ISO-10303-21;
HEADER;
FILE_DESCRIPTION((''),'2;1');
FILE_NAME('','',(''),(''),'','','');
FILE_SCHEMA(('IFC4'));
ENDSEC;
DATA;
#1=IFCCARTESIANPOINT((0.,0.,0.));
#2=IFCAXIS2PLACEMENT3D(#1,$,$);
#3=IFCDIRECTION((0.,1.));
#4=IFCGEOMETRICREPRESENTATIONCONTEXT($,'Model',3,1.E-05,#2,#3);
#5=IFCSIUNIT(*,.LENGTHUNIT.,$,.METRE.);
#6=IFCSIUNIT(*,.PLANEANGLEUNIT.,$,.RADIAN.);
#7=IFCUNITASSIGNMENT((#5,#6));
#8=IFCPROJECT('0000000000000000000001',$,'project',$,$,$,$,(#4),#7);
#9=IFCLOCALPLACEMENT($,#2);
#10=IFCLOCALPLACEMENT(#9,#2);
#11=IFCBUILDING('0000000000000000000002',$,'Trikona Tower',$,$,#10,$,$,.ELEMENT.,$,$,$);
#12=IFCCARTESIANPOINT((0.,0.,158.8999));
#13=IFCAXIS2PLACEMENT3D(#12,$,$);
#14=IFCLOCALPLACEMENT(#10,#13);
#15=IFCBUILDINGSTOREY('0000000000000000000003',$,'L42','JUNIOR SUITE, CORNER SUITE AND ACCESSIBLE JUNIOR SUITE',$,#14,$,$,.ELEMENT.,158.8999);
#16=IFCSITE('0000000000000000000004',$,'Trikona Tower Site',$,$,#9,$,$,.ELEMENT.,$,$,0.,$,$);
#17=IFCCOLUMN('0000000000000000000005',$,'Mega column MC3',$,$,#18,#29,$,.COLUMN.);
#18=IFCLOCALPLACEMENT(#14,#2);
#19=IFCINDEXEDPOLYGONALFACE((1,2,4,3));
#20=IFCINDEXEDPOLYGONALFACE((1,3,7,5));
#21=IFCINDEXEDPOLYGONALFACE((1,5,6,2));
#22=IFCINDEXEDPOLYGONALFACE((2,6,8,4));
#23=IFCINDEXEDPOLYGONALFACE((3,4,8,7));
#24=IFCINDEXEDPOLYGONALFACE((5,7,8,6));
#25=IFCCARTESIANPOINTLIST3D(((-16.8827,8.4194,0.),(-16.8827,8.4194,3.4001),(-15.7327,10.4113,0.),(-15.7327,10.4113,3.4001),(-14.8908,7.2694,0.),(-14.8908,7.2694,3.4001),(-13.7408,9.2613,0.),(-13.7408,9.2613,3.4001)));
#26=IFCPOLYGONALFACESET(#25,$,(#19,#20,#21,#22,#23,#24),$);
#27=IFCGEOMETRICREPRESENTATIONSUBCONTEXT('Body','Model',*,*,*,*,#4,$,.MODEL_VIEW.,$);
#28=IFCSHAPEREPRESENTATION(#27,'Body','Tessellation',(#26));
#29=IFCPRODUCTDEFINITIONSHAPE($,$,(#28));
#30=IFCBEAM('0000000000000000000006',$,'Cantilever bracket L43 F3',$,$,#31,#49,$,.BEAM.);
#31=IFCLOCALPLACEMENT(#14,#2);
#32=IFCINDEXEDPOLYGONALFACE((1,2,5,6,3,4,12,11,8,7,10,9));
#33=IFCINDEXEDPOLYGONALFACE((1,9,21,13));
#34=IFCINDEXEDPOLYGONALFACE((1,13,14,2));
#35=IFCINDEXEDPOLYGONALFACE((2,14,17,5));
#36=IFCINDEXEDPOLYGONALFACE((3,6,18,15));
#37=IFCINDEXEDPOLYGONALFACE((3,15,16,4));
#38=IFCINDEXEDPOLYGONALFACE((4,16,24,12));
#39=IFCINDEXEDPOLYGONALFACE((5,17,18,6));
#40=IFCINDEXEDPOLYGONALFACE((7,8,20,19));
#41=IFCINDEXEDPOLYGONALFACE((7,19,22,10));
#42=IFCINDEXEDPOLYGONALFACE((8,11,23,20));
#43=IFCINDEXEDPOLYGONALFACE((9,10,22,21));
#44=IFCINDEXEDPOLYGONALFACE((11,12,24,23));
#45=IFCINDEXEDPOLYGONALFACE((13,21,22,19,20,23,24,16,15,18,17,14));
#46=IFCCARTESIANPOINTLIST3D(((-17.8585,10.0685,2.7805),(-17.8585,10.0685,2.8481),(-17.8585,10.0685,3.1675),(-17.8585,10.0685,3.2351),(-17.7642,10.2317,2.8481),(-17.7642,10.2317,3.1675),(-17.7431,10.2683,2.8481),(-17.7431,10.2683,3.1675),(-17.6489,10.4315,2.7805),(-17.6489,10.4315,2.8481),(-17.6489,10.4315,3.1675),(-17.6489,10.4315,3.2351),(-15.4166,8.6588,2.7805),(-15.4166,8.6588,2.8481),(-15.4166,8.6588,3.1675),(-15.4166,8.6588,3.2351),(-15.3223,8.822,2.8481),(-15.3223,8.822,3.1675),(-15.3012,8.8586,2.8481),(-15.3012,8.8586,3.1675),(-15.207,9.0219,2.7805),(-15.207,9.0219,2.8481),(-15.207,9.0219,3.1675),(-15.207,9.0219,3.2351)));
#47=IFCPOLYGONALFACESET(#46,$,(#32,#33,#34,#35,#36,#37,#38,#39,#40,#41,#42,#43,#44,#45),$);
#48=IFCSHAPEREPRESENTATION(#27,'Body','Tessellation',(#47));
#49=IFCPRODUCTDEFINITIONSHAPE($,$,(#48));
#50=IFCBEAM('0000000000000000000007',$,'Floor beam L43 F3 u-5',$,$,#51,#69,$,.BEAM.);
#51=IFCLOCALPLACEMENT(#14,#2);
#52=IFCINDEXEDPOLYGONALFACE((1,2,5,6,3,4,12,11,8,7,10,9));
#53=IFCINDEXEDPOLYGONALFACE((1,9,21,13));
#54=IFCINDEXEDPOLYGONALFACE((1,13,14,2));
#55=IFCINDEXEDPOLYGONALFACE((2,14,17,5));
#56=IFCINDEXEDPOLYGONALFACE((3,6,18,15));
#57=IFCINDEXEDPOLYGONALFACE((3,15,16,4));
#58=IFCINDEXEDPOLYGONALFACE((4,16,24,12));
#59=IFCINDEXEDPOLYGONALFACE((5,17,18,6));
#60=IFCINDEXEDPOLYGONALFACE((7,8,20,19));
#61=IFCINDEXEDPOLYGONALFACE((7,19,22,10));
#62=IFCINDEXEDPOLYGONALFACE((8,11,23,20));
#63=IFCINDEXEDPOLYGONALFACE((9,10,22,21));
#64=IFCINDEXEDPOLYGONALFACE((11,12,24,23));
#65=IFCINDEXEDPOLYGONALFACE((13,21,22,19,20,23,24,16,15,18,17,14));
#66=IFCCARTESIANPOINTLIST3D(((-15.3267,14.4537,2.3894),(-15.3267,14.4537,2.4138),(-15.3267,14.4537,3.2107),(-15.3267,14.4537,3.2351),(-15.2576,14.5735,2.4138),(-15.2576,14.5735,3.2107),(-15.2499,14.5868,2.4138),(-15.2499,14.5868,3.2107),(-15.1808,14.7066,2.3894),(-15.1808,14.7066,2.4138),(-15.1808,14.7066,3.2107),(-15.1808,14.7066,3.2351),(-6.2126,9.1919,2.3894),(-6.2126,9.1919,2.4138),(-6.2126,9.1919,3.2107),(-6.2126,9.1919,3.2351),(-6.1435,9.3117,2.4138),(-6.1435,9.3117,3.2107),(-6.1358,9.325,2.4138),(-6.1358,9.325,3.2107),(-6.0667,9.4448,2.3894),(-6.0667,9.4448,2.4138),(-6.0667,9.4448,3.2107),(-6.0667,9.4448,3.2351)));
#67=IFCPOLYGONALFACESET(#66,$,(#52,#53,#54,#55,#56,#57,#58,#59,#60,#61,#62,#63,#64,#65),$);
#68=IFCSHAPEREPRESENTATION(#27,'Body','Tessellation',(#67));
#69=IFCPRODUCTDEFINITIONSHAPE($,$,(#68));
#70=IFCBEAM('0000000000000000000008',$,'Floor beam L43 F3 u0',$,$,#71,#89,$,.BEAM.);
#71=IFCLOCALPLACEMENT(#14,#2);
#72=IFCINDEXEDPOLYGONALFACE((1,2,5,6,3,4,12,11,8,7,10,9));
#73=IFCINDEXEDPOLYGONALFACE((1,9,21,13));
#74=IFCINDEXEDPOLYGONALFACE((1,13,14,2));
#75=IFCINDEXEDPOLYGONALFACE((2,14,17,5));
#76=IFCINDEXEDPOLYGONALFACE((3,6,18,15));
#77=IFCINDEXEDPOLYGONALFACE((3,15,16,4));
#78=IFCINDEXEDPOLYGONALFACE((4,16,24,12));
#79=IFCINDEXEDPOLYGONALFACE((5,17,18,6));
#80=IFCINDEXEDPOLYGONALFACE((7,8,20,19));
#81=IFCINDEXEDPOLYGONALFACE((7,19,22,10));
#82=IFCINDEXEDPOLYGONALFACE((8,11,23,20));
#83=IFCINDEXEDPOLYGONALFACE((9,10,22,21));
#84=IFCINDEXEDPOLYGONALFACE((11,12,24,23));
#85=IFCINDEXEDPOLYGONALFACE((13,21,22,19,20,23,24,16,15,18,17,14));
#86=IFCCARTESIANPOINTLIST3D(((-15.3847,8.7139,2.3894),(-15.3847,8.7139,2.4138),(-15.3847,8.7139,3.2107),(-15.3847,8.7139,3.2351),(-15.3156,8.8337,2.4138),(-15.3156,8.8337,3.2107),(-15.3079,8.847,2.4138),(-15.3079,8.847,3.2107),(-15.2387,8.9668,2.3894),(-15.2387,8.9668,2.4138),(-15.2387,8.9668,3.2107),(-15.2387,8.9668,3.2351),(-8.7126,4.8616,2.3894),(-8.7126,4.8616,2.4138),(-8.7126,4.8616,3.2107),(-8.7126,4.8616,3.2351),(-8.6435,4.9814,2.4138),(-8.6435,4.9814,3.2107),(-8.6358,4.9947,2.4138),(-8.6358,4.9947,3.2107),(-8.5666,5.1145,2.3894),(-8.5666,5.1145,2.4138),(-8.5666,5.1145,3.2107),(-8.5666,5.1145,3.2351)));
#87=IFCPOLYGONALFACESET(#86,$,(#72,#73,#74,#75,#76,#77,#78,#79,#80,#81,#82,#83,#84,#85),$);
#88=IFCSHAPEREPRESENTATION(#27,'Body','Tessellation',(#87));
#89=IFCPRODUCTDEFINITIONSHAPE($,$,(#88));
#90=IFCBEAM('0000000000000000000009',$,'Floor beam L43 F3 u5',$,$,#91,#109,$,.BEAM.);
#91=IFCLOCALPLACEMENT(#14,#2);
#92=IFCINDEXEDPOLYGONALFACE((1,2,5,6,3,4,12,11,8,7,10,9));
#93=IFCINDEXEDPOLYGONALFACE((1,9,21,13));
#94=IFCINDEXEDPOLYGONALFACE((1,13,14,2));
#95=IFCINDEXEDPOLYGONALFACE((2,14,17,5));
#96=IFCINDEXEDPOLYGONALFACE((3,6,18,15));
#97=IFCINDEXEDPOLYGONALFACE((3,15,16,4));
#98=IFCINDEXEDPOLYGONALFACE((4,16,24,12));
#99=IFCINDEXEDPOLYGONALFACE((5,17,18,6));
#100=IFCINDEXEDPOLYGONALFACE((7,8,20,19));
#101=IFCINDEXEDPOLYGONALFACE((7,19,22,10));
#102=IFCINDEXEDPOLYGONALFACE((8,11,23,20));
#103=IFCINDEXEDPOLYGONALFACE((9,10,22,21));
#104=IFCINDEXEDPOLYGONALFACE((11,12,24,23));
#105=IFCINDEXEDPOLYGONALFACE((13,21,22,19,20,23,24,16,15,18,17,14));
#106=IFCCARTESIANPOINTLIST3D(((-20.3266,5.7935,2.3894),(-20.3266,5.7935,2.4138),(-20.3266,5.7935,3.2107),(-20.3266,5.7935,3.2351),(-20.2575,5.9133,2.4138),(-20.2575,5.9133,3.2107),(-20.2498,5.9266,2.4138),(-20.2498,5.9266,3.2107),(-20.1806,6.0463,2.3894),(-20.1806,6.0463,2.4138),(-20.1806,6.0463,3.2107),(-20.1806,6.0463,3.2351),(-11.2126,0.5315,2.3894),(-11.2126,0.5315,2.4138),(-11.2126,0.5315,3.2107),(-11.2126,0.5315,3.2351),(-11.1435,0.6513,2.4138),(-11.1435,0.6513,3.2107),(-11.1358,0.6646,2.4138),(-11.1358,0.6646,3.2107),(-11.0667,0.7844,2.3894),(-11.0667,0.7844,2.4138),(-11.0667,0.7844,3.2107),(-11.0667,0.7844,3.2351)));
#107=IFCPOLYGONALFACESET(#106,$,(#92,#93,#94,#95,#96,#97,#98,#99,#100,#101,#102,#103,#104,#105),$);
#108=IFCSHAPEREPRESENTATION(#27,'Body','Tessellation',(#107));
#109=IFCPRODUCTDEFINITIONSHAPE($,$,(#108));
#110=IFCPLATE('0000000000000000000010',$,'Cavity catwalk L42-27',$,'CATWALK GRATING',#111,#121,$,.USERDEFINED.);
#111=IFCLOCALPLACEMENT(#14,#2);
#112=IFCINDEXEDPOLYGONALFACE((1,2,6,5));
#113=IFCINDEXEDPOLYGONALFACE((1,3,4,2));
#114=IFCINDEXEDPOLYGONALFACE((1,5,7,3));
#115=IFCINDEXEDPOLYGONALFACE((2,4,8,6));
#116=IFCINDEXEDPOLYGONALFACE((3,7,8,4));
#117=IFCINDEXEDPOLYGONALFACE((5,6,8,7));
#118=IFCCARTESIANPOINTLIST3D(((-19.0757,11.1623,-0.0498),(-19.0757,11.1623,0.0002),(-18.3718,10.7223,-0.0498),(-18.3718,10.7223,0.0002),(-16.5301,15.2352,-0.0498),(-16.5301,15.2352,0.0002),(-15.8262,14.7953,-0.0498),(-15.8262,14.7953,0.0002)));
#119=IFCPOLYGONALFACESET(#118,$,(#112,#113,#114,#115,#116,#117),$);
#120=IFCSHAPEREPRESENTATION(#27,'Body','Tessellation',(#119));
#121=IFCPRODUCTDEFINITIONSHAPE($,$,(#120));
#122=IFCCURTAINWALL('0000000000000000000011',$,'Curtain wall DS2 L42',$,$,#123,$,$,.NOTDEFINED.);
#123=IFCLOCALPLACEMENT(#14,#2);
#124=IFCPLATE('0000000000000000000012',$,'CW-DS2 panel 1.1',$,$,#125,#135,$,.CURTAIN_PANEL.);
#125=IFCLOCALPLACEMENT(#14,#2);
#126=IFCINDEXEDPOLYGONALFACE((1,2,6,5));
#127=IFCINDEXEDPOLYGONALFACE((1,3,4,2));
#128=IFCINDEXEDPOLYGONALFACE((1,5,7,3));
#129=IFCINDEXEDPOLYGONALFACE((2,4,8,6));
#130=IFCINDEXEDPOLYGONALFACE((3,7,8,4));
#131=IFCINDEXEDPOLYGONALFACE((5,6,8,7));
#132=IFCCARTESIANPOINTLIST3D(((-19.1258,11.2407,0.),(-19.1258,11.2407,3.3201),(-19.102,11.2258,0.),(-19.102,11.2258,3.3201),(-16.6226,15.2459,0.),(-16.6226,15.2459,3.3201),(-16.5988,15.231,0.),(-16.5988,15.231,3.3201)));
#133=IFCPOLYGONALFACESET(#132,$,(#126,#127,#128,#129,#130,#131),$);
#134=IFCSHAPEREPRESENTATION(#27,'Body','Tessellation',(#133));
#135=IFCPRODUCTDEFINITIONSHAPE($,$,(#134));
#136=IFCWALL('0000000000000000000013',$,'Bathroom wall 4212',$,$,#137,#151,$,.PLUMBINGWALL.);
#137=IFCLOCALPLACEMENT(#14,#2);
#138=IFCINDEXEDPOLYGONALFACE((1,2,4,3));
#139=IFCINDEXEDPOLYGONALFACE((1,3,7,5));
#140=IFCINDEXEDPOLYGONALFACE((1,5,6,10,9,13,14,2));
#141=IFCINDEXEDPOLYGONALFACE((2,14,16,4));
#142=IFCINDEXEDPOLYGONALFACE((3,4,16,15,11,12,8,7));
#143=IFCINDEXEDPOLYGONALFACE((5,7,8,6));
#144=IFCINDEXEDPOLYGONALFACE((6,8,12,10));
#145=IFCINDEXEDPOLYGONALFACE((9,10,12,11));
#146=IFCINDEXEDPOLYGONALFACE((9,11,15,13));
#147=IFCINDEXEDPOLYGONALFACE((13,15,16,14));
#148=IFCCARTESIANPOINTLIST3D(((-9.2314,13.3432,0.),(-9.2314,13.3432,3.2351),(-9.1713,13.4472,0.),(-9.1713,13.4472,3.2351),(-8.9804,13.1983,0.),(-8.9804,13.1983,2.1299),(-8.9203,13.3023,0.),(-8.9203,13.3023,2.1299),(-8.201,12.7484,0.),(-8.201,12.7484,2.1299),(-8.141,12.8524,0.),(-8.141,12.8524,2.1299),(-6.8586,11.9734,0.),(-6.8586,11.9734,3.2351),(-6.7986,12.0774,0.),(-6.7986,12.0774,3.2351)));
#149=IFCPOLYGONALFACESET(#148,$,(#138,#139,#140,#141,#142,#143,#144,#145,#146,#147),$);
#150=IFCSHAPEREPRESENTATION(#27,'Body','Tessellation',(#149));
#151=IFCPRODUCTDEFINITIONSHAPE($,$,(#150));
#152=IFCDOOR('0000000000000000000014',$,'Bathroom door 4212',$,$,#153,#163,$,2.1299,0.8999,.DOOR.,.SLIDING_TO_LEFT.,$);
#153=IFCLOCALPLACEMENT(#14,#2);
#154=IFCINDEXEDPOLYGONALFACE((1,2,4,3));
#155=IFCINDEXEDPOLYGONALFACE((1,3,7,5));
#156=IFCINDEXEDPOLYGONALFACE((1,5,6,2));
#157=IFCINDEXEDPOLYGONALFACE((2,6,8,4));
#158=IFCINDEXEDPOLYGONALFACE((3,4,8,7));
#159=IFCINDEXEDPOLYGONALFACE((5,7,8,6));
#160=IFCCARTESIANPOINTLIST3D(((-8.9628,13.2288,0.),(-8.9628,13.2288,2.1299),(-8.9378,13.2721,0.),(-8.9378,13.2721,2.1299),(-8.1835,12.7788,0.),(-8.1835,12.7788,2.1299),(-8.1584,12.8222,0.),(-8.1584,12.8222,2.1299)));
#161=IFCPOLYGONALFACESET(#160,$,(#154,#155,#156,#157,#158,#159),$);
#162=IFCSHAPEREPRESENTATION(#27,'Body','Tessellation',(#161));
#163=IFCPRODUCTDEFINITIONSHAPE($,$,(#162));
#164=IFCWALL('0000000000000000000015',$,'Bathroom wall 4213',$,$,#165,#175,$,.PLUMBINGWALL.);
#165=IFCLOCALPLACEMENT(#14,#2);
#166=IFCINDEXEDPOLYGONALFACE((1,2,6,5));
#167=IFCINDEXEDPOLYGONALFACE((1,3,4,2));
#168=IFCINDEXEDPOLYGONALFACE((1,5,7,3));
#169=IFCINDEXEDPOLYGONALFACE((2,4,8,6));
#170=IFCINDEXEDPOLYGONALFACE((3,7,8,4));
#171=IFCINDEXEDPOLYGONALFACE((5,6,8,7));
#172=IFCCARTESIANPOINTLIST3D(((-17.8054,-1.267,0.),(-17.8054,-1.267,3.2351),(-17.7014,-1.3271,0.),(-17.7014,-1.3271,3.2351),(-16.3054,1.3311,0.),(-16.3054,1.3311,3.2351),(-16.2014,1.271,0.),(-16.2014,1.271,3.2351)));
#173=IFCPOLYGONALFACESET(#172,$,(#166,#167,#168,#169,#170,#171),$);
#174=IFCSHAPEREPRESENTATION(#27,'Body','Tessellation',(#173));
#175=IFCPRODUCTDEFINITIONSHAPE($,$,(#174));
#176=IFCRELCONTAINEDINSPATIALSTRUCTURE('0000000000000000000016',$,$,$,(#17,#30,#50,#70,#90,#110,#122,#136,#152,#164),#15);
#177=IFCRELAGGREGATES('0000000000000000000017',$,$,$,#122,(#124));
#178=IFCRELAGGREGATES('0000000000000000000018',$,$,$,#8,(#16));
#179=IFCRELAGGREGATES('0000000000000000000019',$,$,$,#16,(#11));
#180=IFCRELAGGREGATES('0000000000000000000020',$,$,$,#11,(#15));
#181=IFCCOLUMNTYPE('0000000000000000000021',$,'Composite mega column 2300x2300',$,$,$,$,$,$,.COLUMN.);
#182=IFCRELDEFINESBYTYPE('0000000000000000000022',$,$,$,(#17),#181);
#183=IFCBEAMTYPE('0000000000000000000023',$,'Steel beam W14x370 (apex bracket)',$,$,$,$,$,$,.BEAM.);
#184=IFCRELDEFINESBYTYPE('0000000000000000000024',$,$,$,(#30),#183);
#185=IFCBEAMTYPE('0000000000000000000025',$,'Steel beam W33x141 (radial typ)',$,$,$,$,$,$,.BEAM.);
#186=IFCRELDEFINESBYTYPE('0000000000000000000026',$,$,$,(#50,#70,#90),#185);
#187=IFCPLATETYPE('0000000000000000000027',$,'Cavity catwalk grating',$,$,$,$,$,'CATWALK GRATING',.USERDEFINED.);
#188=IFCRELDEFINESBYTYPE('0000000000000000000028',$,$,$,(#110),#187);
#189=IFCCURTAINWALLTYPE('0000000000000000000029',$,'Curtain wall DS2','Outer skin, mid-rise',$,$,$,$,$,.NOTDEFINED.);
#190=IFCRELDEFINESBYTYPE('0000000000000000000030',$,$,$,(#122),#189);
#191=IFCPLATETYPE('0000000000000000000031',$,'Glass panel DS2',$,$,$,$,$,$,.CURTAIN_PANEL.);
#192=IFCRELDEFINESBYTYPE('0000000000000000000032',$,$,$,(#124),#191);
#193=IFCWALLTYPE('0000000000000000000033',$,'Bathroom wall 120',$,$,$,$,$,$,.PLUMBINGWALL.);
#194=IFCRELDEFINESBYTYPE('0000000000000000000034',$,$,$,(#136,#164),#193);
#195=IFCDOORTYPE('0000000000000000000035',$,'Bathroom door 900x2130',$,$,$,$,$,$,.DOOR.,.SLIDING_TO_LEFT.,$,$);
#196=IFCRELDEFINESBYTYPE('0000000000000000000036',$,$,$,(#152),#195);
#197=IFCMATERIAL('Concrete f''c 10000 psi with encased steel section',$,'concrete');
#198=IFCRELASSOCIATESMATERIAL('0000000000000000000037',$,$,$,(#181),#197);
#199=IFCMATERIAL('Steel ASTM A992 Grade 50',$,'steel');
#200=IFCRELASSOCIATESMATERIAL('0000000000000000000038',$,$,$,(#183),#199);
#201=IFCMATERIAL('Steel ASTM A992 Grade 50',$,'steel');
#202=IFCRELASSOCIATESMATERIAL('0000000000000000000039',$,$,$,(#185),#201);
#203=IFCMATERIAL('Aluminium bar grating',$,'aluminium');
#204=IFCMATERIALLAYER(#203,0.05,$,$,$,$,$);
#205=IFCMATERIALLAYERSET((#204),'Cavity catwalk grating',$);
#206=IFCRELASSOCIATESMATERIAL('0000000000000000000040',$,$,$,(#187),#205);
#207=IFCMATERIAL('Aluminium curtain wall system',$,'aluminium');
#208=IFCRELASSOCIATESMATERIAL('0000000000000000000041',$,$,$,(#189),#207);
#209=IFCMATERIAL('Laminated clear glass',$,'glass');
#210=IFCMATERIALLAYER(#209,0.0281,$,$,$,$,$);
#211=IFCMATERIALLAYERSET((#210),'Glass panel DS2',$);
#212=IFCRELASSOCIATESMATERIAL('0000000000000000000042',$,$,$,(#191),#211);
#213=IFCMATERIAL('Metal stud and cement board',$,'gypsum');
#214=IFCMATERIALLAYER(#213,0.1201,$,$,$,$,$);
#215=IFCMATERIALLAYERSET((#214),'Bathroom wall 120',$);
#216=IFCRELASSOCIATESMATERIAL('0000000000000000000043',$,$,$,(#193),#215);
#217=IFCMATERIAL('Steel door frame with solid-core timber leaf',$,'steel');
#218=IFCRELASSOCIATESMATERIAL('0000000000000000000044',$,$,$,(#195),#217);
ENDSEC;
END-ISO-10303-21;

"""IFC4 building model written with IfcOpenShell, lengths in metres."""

from ifc_helpers import new_model, si_unit, direction, frame, frame_2d, origin, origin_2d, place, context, subcontext, project, spatial, rectangle, i_section, extrude, material, layer, layer_set, material_profile, profile_set, type_object, element, fill, aggregate, save


model = new_model("IFC4")

# Units and contexts
model_context = context("Model", 3, precision=1e-05, world=origin(), true_north=direction((0.0, 1.0)))
body_context = subcontext(model_context, "Body", "Model", "MODEL_VIEW")
ifc_project = project(units=[si_unit("LENGTHUNIT", "METRE"), si_unit("PLANEANGLEUNIT", "RADIAN")], contexts=[model_context])

# Site, building, storey
site_placement = place(None, origin())
site = spatial("IfcSite", under=ifc_project, at=site_placement, Name="Trikona Tower Site", CompositionType="ELEMENT", RefElevation=0.0)
building_placement = place(site_placement, origin())
building = spatial("IfcBuilding", under=site, at=building_placement, Name="Trikona Tower", CompositionType="ELEMENT")
storey_placement = place(building_placement, frame((0.0, 0.0, 158.8999)))
storey = spatial("IfcBuildingStorey", under=building, at=storey_placement, Name="L42", Description="JUNIOR SUITE, CORNER SUITE AND ACCESSIBLE JUNIOR SUITE", CompositionType="ELEMENT", Elevation=158.8999)

# Column
ifc_material_1 = material(Name="Concrete f'c 10000 psi with encased steel section", Category="concrete")
ifc_material_profile_1 = material_profile(ifc_material_1, rectangle(XDim=2.3, YDim=2.3, at=origin_2d()), Name="MC2300")
ifc_profile_set_1 = profile_set([ifc_material_profile_1], Name="Concrete f'c 10000 psi with encased steel section")
column_type = type_object("IfcColumnType", Name="Composite mega column 2300x2300", PredefinedType="COLUMN", material=ifc_profile_set_1)
column_placement = place(storey_placement, frame((-15.3118, 8.8403, 0.0), z_axis=(0.0, 0.0, 1.0), x_axis=(-0.866025, 0.5, 0.0)))
element("IfcColumn", 1, at=column_placement, inside=storey, type_object=column_type, Name="Mega column MC3", PredefinedType="COLUMN", context=body_context, shape_type="SweptSolid", body=[
    extrude(rectangle(XDim=2.3, YDim=2.3, at=origin_2d()), origin(), (0.0, 0.0, 1.0), 3.4001),
])

# Beams
ifc_material_2 = material(Name="Steel ASTM A992 Grade 50", Category="steel")
ifc_material_profile_2 = material_profile(ifc_material_2, i_section(OverallWidth=0.4192, OverallDepth=0.4546, WebThickness=0.0422, FlangeThickness=0.0676, at=origin_2d()), Name="W14X370")
ifc_profile_set_2 = profile_set([ifc_material_profile_2], Name="Steel ASTM A992 Grade 50")
beam_type_1 = type_object("IfcBeamType", Name="Steel beam W14x370 (apex bracket)", PredefinedType="BEAM", material=ifc_profile_set_2)
beam_1_placement = place(storey_placement, frame((-15.3118, 8.8403, 3.0078), z_axis=(-0.86605, 0.499957, 0.0), x_axis=(-0.499957, -0.86605, 0.0)))
element("IfcBeam", 2, at=beam_1_placement, inside=storey, type_object=beam_type_1, Name="Cantilever bracket L43 F3", PredefinedType="BEAM", context=body_context, shape_type="SweptSolid", body=[
    extrude(i_section(OverallWidth=0.4192, OverallDepth=0.4546, WebThickness=0.0422, FlangeThickness=0.0676, at=origin_2d()), origin(), (0.0, 0.0, 1.0), 2.8196),
])
ifc_material_3 = material(Name="Steel ASTM A992 Grade 50", Category="steel")
ifc_material_profile_3 = material_profile(ifc_material_3, i_section(OverallWidth=0.292, OverallDepth=0.8457, WebThickness=0.0154, FlangeThickness=0.0244, at=origin_2d()), Name="W33X141")
ifc_profile_set_3 = profile_set([ifc_material_profile_3], Name="Steel ASTM A992 Grade 50")
beam_type_2 = type_object("IfcBeamType", Name="Steel beam W33x141 (radial typ)", PredefinedType="BEAM", material=ifc_profile_set_3)
beam_2_placement = place(storey_placement, frame((-6.1396, 9.3184, 2.8123), z_axis=(-0.866036, 0.499982, 0.0), x_axis=(-0.499982, -0.866036, 0.0)))
element("IfcBeam", 3, at=beam_2_placement, inside=storey, type_object=beam_type_2, Name="Floor beam L43 F3 u-5", PredefinedType="BEAM", context=body_context, shape_type="SweptSolid", body=[
    extrude(i_section(OverallWidth=0.292, OverallDepth=0.8457, WebThickness=0.0154, FlangeThickness=0.0244, at=origin_2d()), origin(), (0.0, 0.0, 1.0), 10.5239),
])
beam_3_placement = place(storey_placement, frame((-8.6396, 4.988, 2.8123), z_axis=(-0.866017, 0.500014, 0.0), x_axis=(-0.500014, -0.866017, 0.0)))
element("IfcBeam", 4, at=beam_3_placement, inside=storey, type_object=beam_type_2, Name="Floor beam L43 F3 u0", PredefinedType="BEAM", context=body_context, shape_type="SweptSolid", body=[
    extrude(i_section(OverallWidth=0.292, OverallDepth=0.8457, WebThickness=0.0154, FlangeThickness=0.0244, at=origin_2d()), origin(), (0.0, 0.0, 1.0), 7.7043),
])
beam_4_placement = place(storey_placement, frame((-11.1396, 0.658, 2.8123), z_axis=(-0.866026, 0.499999, 0.0), x_axis=(-0.499999, -0.866026, 0.0)))
element("IfcBeam", 5, at=beam_4_placement, inside=storey, type_object=beam_type_2, Name="Floor beam L43 F3 u5", PredefinedType="BEAM", context=body_context, shape_type="SweptSolid", body=[
    extrude(i_section(OverallWidth=0.292, OverallDepth=0.8457, WebThickness=0.0154, FlangeThickness=0.0244, at=origin_2d()), origin(), (0.0, 0.0, 1.0), 10.5239),
])

# Plate
ifc_material_4 = material(Name="Aluminium bar grating", Category="aluminium")
ifc_layer_1 = layer(ifc_material_4, 0.05)
ifc_layer_set_1 = layer_set([ifc_layer_1], Name="Cavity catwalk grating")
plate_type_1 = type_object("IfcPlateType", Name="Cavity catwalk grating", ElementType="CATWALK GRATING", PredefinedType="USERDEFINED", material=ifc_layer_set_1)
plate_1_placement = place(storey_placement, frame((-17.4509, 12.9788, -0.0498), z_axis=(0.0, 0.0, 1.0), x_axis=(-0.529995, -0.848001, 0.0)))
element("IfcPlate", 6, at=plate_1_placement, inside=storey, type_object=plate_type_1, Name="Cavity catwalk L42-27", ObjectType="CATWALK GRATING", PredefinedType="USERDEFINED", context=body_context, shape_type="SweptSolid", body=[
    extrude(rectangle(XDim=4.803, YDim=0.8301, at=origin_2d()), origin(), (0.0, 0.0, 1.0), 0.05),
])

# Curtain wall, plate
ifc_material_5 = material(Name="Aluminium curtain wall system", Category="aluminium")
curtain_wall_type = type_object("IfcCurtainWallType", Name="Curtain wall DS2", Description="Outer skin, mid-rise", PredefinedType="NOTDEFINED", material=ifc_material_5)
curtain_wall_placement = place(storey_placement, origin())
curtain_wall = element("IfcCurtainWall", 7, at=curtain_wall_placement, inside=storey, type_object=curtain_wall_type, Name="Curtain wall DS2 L42", PredefinedType="NOTDEFINED")
ifc_material_6 = material(Name="Laminated clear glass", Category="glass")
ifc_layer_2 = layer(ifc_material_6, 0.0281)
ifc_layer_set_2 = layer_set([ifc_layer_2], Name="Glass panel DS2")
plate_type_2 = type_object("IfcPlateType", Name="Glass panel DS2", PredefinedType="CURTAIN_PANEL", material=ifc_layer_set_2)
plate_2_placement = place(storey_placement, frame((-17.8623, 13.2358, 0.0), z_axis=(0.0, 0.0, 1.0), x_axis=(-0.529999, -0.847998, 0.0)))
plate_2 = element("IfcPlate", 8, at=plate_2_placement, type_object=plate_type_2, Name="CW-DS2 panel 1.1", PredefinedType="CURTAIN_PANEL", context=body_context, shape_type="SweptSolid", body=[
    extrude(rectangle(XDim=4.7231, YDim=0.0281, at=origin_2d()), origin(), (0.0, 0.0, 1.0), 3.3201),
])
aggregate(curtain_wall, [plate_2])

# Wall, opening, door
ifc_material_7 = material(Name="Metal stud and cement board", Category="gypsum")
ifc_layer_3 = layer(ifc_material_7, 0.1201)
ifc_layer_set_3 = layer_set([ifc_layer_3], Name="Bathroom wall 120")
wall_type_1 = type_object("IfcWallType", Name="Bathroom wall 120", PredefinedType="PLUMBINGWALL", material=ifc_layer_set_3)
wall_1_placement = place(storey_placement, frame((-6.8286, 12.0254, 0.0), z_axis=(0.0, 0.0, 1.0), x_axis=(-0.866036, 0.499982, 0.0)))
wall_1 = element("IfcWall", 9, at=wall_1_placement, inside=storey, type_object=wall_type_1, Name="Bathroom wall 4212", PredefinedType="PLUMBINGWALL", context=body_context, shape_type="SweptSolid", body=[
    extrude(rectangle(XDim=2.7397, YDim=0.1201, at=frame_2d((1.3699, 0.0))), origin(), (0.0, 0.0, 1.0), 3.2351),
])
opening_1_placement = place(wall_1_placement, frame((1.55, 0.0, 0.0)))
opening_1 = element("IfcOpeningElement", 10, at=opening_1_placement, cuts=wall_1, PredefinedType="OPENING", context=body_context, shape_type="SweptSolid", body=[
    extrude(rectangle(XDim=0.8999, YDim=2.1299, at=frame_2d((0.45, 1.0649))), frame((0.0, 0.0701, 0.0), z_axis=(0.0, -1.0, 0.0), x_axis=(1.0, 0.0, 0.0)), (0.0, 0.0, 1.0), 0.1401),
])
ifc_material_8 = material(Name="Steel door frame with solid-core timber leaf", Category="steel")
door_type_1 = type_object("IfcDoorType", Name="Bathroom door 900x2130", OperationType="SLIDING_TO_LEFT", PredefinedType="DOOR", material=ifc_material_8)
door_1_placement = place(opening_1_placement, origin())
door_1 = element("IfcDoor", 11, at=door_1_placement, inside=storey, type_object=door_type_1, Name="Bathroom door 4212", OperationType="SLIDING_TO_LEFT", OverallHeight=2.1299, OverallWidth=0.8999, PredefinedType="DOOR", context=body_context, shape_type="SweptSolid", body=[
    extrude(rectangle(XDim=0.8999, YDim=2.1299, at=frame_2d((0.45, 1.0649))), frame((0.0, 0.0249, 0.0), z_axis=(0.0, -1.0, 0.0), x_axis=(1.0, 0.0, 0.0)), (0.0, 0.0, 1.0), 0.05),
])
fill(opening_1, door_1)

# Wall
wall_2_placement = place(storey_placement, frame((-16.2534, 1.301, 0.0), z_axis=(0.0, 0.0, 1.0), x_axis=(-0.49999, -0.866031, 0.0)))
element("IfcWall", 12, at=wall_2_placement, inside=storey, type_object=wall_type_1, Name="Bathroom wall 4213", PredefinedType="PLUMBINGWALL", context=body_context, shape_type="SweptSolid", body=[
    extrude(rectangle(XDim=3.0, YDim=0.1201, at=frame_2d((1.5, 0.0))), origin(), (0.0, 0.0, 1.0), 3.2351),
])

save(model, "model.ifc")
